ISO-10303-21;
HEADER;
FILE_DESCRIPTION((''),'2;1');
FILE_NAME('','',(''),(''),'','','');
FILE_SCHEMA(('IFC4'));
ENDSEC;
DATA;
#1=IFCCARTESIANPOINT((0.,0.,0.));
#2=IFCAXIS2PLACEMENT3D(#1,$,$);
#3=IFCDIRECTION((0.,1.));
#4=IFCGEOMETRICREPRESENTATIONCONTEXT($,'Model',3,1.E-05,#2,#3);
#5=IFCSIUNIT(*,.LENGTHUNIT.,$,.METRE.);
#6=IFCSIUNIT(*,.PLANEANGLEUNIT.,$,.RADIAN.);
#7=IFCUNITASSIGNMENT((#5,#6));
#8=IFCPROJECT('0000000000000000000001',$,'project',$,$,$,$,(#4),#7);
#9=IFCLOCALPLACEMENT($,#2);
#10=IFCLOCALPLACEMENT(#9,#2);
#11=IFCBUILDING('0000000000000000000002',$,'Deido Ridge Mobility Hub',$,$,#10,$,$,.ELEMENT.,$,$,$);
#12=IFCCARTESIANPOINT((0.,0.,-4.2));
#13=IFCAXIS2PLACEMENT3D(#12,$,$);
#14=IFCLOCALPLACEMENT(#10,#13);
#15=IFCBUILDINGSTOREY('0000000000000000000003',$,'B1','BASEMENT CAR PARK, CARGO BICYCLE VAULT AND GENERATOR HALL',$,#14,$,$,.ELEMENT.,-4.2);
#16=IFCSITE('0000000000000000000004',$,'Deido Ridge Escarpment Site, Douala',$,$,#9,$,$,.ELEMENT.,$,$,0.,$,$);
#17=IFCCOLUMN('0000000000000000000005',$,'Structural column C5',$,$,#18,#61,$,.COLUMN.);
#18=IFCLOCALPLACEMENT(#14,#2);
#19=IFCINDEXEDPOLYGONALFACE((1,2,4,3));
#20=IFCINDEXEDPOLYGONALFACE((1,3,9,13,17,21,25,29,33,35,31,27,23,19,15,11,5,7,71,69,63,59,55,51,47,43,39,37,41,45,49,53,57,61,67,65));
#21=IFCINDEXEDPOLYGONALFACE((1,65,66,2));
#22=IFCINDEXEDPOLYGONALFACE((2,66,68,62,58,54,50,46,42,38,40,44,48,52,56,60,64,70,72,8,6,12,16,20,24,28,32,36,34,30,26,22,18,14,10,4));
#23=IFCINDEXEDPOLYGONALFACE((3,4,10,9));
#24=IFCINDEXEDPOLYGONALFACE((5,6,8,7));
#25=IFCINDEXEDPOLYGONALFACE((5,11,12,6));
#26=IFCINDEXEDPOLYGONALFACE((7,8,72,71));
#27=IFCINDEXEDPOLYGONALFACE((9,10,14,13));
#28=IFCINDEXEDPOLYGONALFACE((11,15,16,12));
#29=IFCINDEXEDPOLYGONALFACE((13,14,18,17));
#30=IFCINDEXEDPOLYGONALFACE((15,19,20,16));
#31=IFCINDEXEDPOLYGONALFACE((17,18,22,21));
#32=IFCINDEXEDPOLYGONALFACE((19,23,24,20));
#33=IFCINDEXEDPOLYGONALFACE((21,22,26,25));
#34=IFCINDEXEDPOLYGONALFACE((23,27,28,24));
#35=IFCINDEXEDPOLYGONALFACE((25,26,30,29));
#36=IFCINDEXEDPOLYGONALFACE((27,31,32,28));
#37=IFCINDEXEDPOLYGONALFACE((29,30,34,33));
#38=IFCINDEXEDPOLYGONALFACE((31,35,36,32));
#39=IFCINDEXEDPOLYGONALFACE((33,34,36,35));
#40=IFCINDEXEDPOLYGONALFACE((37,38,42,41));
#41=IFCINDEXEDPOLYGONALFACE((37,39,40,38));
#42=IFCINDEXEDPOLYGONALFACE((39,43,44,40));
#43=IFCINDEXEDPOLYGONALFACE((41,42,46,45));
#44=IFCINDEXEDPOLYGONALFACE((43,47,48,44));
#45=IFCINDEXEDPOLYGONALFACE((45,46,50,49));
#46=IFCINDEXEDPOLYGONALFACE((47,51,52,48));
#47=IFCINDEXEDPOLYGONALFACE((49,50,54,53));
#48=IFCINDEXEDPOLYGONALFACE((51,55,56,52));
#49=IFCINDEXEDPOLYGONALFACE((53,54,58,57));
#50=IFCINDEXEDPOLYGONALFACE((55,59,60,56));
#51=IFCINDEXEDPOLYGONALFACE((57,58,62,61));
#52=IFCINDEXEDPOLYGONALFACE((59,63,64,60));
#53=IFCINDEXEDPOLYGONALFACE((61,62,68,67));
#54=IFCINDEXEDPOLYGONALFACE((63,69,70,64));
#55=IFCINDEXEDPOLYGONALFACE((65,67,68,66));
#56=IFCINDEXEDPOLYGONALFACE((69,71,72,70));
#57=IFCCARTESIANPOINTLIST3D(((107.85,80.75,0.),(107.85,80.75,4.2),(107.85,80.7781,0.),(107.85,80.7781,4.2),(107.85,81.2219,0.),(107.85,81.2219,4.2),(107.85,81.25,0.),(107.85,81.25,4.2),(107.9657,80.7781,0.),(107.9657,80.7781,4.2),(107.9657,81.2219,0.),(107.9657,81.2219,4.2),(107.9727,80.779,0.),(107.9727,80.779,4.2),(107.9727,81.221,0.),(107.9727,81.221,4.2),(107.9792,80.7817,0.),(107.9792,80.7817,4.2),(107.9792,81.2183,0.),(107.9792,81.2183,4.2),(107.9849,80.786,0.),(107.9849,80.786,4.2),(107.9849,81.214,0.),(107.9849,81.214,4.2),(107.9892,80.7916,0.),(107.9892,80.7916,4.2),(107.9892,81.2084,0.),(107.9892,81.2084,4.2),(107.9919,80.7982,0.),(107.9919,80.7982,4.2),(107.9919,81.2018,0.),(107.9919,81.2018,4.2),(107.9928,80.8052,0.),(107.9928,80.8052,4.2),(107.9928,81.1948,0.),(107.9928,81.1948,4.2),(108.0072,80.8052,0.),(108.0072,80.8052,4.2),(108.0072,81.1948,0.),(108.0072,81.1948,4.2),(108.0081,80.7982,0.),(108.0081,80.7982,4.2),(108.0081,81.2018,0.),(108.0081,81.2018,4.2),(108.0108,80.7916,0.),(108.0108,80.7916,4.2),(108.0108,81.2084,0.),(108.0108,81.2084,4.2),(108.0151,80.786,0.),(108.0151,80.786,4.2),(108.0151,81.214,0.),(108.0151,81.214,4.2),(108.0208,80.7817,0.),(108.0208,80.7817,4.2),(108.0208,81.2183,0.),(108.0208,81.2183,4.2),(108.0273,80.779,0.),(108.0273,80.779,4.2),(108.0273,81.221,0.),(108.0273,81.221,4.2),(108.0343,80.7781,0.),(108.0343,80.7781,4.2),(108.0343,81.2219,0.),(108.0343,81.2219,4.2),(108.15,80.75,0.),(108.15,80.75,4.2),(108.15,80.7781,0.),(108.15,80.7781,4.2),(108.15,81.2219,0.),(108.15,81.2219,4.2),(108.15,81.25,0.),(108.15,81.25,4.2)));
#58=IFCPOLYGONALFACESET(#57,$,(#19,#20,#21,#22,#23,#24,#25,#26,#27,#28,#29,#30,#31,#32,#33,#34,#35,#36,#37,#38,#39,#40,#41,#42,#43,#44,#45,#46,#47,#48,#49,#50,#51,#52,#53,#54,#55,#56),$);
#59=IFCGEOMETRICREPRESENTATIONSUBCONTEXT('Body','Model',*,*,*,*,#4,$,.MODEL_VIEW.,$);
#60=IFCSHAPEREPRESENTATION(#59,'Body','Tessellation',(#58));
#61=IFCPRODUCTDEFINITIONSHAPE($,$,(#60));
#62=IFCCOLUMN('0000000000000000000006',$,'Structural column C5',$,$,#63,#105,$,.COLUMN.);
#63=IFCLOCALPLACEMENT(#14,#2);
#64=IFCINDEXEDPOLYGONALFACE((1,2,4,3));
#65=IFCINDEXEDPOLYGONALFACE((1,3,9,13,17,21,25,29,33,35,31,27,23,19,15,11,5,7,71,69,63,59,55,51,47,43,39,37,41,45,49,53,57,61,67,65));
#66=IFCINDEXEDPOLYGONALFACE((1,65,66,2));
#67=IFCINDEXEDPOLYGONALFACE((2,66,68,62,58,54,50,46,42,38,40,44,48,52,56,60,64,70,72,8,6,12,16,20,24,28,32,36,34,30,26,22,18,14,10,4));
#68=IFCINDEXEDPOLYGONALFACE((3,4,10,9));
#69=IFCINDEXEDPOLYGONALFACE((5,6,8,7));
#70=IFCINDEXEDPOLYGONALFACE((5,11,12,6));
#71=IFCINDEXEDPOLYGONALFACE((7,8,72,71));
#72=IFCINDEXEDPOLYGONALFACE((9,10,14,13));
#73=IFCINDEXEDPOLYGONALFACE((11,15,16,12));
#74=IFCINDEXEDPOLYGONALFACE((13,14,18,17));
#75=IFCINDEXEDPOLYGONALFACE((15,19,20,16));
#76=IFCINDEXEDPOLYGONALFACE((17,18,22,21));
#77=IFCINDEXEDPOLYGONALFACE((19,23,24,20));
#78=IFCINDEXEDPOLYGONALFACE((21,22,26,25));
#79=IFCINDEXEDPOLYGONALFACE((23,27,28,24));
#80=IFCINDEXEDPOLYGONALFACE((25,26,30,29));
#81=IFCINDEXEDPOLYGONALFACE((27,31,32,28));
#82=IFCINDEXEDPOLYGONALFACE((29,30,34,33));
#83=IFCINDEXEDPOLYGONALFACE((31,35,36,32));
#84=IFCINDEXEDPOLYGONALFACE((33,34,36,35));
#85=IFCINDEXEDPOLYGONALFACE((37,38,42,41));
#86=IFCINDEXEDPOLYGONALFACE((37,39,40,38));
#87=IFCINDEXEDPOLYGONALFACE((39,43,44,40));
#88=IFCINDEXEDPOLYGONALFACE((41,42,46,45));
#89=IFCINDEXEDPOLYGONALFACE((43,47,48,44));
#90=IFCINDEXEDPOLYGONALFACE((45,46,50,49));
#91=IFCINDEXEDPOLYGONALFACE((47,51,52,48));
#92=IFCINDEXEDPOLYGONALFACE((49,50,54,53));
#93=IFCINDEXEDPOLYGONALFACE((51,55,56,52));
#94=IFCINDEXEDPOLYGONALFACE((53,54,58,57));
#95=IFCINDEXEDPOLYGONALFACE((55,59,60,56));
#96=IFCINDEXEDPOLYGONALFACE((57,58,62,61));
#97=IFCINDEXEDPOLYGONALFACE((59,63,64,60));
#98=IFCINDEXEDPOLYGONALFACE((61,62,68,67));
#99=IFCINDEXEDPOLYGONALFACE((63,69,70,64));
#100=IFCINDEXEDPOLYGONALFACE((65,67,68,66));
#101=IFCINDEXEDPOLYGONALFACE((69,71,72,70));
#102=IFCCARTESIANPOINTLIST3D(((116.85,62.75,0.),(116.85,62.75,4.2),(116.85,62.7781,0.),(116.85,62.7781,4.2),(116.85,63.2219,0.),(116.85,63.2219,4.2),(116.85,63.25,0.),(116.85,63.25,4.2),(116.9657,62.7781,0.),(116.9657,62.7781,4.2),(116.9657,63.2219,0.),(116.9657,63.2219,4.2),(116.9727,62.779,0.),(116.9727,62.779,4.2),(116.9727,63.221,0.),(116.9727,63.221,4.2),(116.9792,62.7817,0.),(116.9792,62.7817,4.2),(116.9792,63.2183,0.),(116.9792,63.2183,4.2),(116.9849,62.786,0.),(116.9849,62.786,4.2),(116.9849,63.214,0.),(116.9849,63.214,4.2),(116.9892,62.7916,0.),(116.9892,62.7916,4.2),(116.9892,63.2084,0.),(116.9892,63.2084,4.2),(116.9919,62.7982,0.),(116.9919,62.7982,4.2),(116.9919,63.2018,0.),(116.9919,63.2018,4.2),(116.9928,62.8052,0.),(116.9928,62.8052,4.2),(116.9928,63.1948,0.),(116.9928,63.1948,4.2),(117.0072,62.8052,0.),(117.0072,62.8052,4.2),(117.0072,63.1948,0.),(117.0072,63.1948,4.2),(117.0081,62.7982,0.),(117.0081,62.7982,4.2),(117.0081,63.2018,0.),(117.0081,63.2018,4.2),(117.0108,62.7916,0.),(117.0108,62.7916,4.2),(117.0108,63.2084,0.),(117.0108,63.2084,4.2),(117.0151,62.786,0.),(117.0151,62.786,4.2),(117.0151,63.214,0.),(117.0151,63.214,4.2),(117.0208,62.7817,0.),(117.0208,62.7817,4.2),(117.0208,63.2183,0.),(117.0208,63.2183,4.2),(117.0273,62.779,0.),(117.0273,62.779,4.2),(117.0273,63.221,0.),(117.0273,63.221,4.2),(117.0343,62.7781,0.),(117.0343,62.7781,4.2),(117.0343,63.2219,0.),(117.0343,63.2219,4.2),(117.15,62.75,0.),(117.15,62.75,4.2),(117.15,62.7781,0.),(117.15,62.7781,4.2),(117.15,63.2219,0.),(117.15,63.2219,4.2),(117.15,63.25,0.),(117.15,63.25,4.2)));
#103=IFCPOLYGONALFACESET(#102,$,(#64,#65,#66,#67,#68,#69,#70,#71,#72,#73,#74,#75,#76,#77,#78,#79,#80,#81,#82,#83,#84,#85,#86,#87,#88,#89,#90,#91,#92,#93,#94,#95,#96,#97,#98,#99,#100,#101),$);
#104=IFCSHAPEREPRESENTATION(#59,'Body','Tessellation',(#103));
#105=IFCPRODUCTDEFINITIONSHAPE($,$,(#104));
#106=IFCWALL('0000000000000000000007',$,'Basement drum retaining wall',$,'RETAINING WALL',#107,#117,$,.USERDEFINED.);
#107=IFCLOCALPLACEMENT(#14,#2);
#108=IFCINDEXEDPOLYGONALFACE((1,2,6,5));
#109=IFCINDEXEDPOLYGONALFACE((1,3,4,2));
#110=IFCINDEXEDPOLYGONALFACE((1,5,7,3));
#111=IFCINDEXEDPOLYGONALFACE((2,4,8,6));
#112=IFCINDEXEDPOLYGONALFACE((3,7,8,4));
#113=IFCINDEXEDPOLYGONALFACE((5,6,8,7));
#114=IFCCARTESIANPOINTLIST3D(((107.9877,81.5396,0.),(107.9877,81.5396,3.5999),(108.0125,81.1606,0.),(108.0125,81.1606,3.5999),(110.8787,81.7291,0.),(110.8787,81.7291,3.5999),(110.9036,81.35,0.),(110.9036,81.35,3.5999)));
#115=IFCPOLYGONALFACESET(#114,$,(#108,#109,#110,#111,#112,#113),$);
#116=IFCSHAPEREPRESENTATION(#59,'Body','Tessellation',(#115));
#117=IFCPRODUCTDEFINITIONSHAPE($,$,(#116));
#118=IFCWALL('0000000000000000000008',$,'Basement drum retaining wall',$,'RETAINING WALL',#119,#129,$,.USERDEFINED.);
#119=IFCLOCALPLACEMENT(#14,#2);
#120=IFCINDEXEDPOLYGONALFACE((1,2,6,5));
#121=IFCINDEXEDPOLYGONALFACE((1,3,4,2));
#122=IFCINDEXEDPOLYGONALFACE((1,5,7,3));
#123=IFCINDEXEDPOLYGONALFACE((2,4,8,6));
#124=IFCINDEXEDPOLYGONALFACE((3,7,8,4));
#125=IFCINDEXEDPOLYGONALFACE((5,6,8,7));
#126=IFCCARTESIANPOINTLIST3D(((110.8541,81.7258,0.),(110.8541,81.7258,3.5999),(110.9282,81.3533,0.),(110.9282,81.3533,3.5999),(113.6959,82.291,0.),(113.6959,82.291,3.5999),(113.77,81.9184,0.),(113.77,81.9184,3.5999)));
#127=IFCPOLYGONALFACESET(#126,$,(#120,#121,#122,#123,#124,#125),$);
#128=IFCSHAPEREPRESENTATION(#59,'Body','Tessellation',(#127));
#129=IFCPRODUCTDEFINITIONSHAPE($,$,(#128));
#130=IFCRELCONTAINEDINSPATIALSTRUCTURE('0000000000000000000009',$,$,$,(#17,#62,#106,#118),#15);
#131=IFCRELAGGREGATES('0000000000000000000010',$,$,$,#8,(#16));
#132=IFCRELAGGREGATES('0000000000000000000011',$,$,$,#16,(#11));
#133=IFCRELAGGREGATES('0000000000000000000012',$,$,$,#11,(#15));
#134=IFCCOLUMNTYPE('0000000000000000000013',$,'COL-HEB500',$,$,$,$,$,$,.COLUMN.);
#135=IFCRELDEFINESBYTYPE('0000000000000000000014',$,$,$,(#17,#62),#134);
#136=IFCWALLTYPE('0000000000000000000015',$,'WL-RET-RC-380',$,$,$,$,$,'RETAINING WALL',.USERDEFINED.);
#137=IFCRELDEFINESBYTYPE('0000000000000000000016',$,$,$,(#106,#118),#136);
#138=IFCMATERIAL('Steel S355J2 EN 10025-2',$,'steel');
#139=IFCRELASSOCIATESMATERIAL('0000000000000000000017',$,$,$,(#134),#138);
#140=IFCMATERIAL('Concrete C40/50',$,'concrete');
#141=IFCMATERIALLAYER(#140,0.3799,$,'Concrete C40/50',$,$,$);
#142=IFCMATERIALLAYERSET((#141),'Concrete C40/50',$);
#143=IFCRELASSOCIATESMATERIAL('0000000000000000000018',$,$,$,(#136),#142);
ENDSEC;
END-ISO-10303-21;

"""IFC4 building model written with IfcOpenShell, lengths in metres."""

from ifc_helpers import new_model, si_unit, direction, frame, frame_2d, origin, origin_2d, place, context, subcontext, project, spatial, rectangle, i_section, extrude, material, layer, layer_set, material_profile, profile_set, type_object, element, save


model = new_model("IFC4")

# Units and contexts
model_context = context("Model", 3, precision=1e-05, world=origin(), true_north=direction((0.0, 1.0)))
body_context = subcontext(model_context, "Body", "Model", "MODEL_VIEW")
ifc_project = project(units=[si_unit("LENGTHUNIT", "METRE"), si_unit("PLANEANGLEUNIT", "RADIAN")], contexts=[model_context])

# Site, building, storey
site_placement = place(None, origin())
site = spatial("IfcSite", under=ifc_project, at=site_placement, Name="Deido Ridge Escarpment Site, Douala", CompositionType="ELEMENT", RefElevation=0.0)
building_placement = place(site_placement, origin())
building = spatial("IfcBuilding", under=site, at=building_placement, Name="Deido Ridge Mobility Hub", CompositionType="ELEMENT")
storey_placement = place(building_placement, frame((0.0, 0.0, -4.2)))
storey = spatial("IfcBuildingStorey", under=building, at=storey_placement, Name="B1", Description="BASEMENT CAR PARK, CARGO BICYCLE VAULT AND GENERATOR HALL", CompositionType="ELEMENT", Elevation=-4.2)

# Shared definitions
ifc_material_1 = material(Name="Concrete C40/50", Category="concrete")

# Columns
ifc_material_2 = material(Name="Steel S355J2 EN 10025-2", Category="steel")
ifc_material_profile_1 = material_profile(ifc_material_2, i_section(OverallWidth=0.3, OverallDepth=0.5, WebThickness=0.0144, FlangeThickness=0.0281, FilletRadius=0.0271, at=origin_2d()), Name="HEB 500")
ifc_profile_set_1 = profile_set([ifc_material_profile_1], Name="Steel S355J2 EN 10025-2")
column_type = type_object("IfcColumnType", Name="COL-HEB500", PredefinedType="COLUMN", material=ifc_profile_set_1)
for number, where, z_axis, x_axis, name in (
    (1, (108.0, 81.0, 0.0), (0.0, 0.0, 1.0), (1.0, 0.0, 0.0), "Structural column C5"),
    (2, (117.0, 63.0, 0.0), (0.0, 0.0, 1.0), (1.0, 0.0, 0.0), "Structural column C5"),
):
    element("IfcColumn", number, at=place(storey_placement, frame(where, z_axis=z_axis, x_axis=x_axis)), inside=storey, type_object=column_type, Name=name, PredefinedType="COLUMN", context=body_context, shape_type="SweptSolid", body=[
        extrude(i_section(OverallWidth=0.3, OverallDepth=0.5, WebThickness=0.0144, FlangeThickness=0.0281, FilletRadius=0.0271, at=origin_2d()), origin(), (0.0, 0.0, 1.0), 4.2),
    ])

# Walls
ifc_layer = layer(ifc_material_1, 0.3799, Name="Concrete C40/50")
ifc_layer_set = layer_set([ifc_layer], Name="Concrete C40/50")
wall_type = type_object("IfcWallType", Name="WL-RET-RC-380", ElementType="RETAINING WALL", PredefinedType="USERDEFINED", material=ifc_layer_set)
wall_1_placement = place(storey_placement, frame((108.0, 81.3501, 0.0), z_axis=(0.0, 0.0, 1.0), x_axis=(0.99786, 0.065389, 0.0)))
element("IfcWall", 3, at=wall_1_placement, inside=storey, type_object=wall_type, Name="Basement drum retaining wall", ObjectType="RETAINING WALL", PredefinedType="USERDEFINED", context=body_context, shape_type="SweptSolid", body=[
    extrude(rectangle(XDim=2.8972, YDim=0.3799, at=frame_2d((1.4487, 0.0))), origin(), (0.0, 0.0, 1.0), 3.5999),
])
wall_2_placement = place(storey_placement, frame((110.8911, 81.5396, 0.0), z_axis=(0.0, 0.0, 1.0), x_axis=(0.980791, 0.195063, 0.0)))
element("IfcWall", 4, at=wall_2_placement, inside=storey, type_object=wall_type, Name="Basement drum retaining wall", ObjectType="RETAINING WALL", PredefinedType="USERDEFINED", context=body_context, shape_type="SweptSolid", body=[
    extrude(rectangle(XDim=2.8975, YDim=0.3799, at=frame_2d((1.4487, 0.0))), origin(), (0.0, 0.0, 1.0), 3.5999),
])

save(model, "model.ifc")
